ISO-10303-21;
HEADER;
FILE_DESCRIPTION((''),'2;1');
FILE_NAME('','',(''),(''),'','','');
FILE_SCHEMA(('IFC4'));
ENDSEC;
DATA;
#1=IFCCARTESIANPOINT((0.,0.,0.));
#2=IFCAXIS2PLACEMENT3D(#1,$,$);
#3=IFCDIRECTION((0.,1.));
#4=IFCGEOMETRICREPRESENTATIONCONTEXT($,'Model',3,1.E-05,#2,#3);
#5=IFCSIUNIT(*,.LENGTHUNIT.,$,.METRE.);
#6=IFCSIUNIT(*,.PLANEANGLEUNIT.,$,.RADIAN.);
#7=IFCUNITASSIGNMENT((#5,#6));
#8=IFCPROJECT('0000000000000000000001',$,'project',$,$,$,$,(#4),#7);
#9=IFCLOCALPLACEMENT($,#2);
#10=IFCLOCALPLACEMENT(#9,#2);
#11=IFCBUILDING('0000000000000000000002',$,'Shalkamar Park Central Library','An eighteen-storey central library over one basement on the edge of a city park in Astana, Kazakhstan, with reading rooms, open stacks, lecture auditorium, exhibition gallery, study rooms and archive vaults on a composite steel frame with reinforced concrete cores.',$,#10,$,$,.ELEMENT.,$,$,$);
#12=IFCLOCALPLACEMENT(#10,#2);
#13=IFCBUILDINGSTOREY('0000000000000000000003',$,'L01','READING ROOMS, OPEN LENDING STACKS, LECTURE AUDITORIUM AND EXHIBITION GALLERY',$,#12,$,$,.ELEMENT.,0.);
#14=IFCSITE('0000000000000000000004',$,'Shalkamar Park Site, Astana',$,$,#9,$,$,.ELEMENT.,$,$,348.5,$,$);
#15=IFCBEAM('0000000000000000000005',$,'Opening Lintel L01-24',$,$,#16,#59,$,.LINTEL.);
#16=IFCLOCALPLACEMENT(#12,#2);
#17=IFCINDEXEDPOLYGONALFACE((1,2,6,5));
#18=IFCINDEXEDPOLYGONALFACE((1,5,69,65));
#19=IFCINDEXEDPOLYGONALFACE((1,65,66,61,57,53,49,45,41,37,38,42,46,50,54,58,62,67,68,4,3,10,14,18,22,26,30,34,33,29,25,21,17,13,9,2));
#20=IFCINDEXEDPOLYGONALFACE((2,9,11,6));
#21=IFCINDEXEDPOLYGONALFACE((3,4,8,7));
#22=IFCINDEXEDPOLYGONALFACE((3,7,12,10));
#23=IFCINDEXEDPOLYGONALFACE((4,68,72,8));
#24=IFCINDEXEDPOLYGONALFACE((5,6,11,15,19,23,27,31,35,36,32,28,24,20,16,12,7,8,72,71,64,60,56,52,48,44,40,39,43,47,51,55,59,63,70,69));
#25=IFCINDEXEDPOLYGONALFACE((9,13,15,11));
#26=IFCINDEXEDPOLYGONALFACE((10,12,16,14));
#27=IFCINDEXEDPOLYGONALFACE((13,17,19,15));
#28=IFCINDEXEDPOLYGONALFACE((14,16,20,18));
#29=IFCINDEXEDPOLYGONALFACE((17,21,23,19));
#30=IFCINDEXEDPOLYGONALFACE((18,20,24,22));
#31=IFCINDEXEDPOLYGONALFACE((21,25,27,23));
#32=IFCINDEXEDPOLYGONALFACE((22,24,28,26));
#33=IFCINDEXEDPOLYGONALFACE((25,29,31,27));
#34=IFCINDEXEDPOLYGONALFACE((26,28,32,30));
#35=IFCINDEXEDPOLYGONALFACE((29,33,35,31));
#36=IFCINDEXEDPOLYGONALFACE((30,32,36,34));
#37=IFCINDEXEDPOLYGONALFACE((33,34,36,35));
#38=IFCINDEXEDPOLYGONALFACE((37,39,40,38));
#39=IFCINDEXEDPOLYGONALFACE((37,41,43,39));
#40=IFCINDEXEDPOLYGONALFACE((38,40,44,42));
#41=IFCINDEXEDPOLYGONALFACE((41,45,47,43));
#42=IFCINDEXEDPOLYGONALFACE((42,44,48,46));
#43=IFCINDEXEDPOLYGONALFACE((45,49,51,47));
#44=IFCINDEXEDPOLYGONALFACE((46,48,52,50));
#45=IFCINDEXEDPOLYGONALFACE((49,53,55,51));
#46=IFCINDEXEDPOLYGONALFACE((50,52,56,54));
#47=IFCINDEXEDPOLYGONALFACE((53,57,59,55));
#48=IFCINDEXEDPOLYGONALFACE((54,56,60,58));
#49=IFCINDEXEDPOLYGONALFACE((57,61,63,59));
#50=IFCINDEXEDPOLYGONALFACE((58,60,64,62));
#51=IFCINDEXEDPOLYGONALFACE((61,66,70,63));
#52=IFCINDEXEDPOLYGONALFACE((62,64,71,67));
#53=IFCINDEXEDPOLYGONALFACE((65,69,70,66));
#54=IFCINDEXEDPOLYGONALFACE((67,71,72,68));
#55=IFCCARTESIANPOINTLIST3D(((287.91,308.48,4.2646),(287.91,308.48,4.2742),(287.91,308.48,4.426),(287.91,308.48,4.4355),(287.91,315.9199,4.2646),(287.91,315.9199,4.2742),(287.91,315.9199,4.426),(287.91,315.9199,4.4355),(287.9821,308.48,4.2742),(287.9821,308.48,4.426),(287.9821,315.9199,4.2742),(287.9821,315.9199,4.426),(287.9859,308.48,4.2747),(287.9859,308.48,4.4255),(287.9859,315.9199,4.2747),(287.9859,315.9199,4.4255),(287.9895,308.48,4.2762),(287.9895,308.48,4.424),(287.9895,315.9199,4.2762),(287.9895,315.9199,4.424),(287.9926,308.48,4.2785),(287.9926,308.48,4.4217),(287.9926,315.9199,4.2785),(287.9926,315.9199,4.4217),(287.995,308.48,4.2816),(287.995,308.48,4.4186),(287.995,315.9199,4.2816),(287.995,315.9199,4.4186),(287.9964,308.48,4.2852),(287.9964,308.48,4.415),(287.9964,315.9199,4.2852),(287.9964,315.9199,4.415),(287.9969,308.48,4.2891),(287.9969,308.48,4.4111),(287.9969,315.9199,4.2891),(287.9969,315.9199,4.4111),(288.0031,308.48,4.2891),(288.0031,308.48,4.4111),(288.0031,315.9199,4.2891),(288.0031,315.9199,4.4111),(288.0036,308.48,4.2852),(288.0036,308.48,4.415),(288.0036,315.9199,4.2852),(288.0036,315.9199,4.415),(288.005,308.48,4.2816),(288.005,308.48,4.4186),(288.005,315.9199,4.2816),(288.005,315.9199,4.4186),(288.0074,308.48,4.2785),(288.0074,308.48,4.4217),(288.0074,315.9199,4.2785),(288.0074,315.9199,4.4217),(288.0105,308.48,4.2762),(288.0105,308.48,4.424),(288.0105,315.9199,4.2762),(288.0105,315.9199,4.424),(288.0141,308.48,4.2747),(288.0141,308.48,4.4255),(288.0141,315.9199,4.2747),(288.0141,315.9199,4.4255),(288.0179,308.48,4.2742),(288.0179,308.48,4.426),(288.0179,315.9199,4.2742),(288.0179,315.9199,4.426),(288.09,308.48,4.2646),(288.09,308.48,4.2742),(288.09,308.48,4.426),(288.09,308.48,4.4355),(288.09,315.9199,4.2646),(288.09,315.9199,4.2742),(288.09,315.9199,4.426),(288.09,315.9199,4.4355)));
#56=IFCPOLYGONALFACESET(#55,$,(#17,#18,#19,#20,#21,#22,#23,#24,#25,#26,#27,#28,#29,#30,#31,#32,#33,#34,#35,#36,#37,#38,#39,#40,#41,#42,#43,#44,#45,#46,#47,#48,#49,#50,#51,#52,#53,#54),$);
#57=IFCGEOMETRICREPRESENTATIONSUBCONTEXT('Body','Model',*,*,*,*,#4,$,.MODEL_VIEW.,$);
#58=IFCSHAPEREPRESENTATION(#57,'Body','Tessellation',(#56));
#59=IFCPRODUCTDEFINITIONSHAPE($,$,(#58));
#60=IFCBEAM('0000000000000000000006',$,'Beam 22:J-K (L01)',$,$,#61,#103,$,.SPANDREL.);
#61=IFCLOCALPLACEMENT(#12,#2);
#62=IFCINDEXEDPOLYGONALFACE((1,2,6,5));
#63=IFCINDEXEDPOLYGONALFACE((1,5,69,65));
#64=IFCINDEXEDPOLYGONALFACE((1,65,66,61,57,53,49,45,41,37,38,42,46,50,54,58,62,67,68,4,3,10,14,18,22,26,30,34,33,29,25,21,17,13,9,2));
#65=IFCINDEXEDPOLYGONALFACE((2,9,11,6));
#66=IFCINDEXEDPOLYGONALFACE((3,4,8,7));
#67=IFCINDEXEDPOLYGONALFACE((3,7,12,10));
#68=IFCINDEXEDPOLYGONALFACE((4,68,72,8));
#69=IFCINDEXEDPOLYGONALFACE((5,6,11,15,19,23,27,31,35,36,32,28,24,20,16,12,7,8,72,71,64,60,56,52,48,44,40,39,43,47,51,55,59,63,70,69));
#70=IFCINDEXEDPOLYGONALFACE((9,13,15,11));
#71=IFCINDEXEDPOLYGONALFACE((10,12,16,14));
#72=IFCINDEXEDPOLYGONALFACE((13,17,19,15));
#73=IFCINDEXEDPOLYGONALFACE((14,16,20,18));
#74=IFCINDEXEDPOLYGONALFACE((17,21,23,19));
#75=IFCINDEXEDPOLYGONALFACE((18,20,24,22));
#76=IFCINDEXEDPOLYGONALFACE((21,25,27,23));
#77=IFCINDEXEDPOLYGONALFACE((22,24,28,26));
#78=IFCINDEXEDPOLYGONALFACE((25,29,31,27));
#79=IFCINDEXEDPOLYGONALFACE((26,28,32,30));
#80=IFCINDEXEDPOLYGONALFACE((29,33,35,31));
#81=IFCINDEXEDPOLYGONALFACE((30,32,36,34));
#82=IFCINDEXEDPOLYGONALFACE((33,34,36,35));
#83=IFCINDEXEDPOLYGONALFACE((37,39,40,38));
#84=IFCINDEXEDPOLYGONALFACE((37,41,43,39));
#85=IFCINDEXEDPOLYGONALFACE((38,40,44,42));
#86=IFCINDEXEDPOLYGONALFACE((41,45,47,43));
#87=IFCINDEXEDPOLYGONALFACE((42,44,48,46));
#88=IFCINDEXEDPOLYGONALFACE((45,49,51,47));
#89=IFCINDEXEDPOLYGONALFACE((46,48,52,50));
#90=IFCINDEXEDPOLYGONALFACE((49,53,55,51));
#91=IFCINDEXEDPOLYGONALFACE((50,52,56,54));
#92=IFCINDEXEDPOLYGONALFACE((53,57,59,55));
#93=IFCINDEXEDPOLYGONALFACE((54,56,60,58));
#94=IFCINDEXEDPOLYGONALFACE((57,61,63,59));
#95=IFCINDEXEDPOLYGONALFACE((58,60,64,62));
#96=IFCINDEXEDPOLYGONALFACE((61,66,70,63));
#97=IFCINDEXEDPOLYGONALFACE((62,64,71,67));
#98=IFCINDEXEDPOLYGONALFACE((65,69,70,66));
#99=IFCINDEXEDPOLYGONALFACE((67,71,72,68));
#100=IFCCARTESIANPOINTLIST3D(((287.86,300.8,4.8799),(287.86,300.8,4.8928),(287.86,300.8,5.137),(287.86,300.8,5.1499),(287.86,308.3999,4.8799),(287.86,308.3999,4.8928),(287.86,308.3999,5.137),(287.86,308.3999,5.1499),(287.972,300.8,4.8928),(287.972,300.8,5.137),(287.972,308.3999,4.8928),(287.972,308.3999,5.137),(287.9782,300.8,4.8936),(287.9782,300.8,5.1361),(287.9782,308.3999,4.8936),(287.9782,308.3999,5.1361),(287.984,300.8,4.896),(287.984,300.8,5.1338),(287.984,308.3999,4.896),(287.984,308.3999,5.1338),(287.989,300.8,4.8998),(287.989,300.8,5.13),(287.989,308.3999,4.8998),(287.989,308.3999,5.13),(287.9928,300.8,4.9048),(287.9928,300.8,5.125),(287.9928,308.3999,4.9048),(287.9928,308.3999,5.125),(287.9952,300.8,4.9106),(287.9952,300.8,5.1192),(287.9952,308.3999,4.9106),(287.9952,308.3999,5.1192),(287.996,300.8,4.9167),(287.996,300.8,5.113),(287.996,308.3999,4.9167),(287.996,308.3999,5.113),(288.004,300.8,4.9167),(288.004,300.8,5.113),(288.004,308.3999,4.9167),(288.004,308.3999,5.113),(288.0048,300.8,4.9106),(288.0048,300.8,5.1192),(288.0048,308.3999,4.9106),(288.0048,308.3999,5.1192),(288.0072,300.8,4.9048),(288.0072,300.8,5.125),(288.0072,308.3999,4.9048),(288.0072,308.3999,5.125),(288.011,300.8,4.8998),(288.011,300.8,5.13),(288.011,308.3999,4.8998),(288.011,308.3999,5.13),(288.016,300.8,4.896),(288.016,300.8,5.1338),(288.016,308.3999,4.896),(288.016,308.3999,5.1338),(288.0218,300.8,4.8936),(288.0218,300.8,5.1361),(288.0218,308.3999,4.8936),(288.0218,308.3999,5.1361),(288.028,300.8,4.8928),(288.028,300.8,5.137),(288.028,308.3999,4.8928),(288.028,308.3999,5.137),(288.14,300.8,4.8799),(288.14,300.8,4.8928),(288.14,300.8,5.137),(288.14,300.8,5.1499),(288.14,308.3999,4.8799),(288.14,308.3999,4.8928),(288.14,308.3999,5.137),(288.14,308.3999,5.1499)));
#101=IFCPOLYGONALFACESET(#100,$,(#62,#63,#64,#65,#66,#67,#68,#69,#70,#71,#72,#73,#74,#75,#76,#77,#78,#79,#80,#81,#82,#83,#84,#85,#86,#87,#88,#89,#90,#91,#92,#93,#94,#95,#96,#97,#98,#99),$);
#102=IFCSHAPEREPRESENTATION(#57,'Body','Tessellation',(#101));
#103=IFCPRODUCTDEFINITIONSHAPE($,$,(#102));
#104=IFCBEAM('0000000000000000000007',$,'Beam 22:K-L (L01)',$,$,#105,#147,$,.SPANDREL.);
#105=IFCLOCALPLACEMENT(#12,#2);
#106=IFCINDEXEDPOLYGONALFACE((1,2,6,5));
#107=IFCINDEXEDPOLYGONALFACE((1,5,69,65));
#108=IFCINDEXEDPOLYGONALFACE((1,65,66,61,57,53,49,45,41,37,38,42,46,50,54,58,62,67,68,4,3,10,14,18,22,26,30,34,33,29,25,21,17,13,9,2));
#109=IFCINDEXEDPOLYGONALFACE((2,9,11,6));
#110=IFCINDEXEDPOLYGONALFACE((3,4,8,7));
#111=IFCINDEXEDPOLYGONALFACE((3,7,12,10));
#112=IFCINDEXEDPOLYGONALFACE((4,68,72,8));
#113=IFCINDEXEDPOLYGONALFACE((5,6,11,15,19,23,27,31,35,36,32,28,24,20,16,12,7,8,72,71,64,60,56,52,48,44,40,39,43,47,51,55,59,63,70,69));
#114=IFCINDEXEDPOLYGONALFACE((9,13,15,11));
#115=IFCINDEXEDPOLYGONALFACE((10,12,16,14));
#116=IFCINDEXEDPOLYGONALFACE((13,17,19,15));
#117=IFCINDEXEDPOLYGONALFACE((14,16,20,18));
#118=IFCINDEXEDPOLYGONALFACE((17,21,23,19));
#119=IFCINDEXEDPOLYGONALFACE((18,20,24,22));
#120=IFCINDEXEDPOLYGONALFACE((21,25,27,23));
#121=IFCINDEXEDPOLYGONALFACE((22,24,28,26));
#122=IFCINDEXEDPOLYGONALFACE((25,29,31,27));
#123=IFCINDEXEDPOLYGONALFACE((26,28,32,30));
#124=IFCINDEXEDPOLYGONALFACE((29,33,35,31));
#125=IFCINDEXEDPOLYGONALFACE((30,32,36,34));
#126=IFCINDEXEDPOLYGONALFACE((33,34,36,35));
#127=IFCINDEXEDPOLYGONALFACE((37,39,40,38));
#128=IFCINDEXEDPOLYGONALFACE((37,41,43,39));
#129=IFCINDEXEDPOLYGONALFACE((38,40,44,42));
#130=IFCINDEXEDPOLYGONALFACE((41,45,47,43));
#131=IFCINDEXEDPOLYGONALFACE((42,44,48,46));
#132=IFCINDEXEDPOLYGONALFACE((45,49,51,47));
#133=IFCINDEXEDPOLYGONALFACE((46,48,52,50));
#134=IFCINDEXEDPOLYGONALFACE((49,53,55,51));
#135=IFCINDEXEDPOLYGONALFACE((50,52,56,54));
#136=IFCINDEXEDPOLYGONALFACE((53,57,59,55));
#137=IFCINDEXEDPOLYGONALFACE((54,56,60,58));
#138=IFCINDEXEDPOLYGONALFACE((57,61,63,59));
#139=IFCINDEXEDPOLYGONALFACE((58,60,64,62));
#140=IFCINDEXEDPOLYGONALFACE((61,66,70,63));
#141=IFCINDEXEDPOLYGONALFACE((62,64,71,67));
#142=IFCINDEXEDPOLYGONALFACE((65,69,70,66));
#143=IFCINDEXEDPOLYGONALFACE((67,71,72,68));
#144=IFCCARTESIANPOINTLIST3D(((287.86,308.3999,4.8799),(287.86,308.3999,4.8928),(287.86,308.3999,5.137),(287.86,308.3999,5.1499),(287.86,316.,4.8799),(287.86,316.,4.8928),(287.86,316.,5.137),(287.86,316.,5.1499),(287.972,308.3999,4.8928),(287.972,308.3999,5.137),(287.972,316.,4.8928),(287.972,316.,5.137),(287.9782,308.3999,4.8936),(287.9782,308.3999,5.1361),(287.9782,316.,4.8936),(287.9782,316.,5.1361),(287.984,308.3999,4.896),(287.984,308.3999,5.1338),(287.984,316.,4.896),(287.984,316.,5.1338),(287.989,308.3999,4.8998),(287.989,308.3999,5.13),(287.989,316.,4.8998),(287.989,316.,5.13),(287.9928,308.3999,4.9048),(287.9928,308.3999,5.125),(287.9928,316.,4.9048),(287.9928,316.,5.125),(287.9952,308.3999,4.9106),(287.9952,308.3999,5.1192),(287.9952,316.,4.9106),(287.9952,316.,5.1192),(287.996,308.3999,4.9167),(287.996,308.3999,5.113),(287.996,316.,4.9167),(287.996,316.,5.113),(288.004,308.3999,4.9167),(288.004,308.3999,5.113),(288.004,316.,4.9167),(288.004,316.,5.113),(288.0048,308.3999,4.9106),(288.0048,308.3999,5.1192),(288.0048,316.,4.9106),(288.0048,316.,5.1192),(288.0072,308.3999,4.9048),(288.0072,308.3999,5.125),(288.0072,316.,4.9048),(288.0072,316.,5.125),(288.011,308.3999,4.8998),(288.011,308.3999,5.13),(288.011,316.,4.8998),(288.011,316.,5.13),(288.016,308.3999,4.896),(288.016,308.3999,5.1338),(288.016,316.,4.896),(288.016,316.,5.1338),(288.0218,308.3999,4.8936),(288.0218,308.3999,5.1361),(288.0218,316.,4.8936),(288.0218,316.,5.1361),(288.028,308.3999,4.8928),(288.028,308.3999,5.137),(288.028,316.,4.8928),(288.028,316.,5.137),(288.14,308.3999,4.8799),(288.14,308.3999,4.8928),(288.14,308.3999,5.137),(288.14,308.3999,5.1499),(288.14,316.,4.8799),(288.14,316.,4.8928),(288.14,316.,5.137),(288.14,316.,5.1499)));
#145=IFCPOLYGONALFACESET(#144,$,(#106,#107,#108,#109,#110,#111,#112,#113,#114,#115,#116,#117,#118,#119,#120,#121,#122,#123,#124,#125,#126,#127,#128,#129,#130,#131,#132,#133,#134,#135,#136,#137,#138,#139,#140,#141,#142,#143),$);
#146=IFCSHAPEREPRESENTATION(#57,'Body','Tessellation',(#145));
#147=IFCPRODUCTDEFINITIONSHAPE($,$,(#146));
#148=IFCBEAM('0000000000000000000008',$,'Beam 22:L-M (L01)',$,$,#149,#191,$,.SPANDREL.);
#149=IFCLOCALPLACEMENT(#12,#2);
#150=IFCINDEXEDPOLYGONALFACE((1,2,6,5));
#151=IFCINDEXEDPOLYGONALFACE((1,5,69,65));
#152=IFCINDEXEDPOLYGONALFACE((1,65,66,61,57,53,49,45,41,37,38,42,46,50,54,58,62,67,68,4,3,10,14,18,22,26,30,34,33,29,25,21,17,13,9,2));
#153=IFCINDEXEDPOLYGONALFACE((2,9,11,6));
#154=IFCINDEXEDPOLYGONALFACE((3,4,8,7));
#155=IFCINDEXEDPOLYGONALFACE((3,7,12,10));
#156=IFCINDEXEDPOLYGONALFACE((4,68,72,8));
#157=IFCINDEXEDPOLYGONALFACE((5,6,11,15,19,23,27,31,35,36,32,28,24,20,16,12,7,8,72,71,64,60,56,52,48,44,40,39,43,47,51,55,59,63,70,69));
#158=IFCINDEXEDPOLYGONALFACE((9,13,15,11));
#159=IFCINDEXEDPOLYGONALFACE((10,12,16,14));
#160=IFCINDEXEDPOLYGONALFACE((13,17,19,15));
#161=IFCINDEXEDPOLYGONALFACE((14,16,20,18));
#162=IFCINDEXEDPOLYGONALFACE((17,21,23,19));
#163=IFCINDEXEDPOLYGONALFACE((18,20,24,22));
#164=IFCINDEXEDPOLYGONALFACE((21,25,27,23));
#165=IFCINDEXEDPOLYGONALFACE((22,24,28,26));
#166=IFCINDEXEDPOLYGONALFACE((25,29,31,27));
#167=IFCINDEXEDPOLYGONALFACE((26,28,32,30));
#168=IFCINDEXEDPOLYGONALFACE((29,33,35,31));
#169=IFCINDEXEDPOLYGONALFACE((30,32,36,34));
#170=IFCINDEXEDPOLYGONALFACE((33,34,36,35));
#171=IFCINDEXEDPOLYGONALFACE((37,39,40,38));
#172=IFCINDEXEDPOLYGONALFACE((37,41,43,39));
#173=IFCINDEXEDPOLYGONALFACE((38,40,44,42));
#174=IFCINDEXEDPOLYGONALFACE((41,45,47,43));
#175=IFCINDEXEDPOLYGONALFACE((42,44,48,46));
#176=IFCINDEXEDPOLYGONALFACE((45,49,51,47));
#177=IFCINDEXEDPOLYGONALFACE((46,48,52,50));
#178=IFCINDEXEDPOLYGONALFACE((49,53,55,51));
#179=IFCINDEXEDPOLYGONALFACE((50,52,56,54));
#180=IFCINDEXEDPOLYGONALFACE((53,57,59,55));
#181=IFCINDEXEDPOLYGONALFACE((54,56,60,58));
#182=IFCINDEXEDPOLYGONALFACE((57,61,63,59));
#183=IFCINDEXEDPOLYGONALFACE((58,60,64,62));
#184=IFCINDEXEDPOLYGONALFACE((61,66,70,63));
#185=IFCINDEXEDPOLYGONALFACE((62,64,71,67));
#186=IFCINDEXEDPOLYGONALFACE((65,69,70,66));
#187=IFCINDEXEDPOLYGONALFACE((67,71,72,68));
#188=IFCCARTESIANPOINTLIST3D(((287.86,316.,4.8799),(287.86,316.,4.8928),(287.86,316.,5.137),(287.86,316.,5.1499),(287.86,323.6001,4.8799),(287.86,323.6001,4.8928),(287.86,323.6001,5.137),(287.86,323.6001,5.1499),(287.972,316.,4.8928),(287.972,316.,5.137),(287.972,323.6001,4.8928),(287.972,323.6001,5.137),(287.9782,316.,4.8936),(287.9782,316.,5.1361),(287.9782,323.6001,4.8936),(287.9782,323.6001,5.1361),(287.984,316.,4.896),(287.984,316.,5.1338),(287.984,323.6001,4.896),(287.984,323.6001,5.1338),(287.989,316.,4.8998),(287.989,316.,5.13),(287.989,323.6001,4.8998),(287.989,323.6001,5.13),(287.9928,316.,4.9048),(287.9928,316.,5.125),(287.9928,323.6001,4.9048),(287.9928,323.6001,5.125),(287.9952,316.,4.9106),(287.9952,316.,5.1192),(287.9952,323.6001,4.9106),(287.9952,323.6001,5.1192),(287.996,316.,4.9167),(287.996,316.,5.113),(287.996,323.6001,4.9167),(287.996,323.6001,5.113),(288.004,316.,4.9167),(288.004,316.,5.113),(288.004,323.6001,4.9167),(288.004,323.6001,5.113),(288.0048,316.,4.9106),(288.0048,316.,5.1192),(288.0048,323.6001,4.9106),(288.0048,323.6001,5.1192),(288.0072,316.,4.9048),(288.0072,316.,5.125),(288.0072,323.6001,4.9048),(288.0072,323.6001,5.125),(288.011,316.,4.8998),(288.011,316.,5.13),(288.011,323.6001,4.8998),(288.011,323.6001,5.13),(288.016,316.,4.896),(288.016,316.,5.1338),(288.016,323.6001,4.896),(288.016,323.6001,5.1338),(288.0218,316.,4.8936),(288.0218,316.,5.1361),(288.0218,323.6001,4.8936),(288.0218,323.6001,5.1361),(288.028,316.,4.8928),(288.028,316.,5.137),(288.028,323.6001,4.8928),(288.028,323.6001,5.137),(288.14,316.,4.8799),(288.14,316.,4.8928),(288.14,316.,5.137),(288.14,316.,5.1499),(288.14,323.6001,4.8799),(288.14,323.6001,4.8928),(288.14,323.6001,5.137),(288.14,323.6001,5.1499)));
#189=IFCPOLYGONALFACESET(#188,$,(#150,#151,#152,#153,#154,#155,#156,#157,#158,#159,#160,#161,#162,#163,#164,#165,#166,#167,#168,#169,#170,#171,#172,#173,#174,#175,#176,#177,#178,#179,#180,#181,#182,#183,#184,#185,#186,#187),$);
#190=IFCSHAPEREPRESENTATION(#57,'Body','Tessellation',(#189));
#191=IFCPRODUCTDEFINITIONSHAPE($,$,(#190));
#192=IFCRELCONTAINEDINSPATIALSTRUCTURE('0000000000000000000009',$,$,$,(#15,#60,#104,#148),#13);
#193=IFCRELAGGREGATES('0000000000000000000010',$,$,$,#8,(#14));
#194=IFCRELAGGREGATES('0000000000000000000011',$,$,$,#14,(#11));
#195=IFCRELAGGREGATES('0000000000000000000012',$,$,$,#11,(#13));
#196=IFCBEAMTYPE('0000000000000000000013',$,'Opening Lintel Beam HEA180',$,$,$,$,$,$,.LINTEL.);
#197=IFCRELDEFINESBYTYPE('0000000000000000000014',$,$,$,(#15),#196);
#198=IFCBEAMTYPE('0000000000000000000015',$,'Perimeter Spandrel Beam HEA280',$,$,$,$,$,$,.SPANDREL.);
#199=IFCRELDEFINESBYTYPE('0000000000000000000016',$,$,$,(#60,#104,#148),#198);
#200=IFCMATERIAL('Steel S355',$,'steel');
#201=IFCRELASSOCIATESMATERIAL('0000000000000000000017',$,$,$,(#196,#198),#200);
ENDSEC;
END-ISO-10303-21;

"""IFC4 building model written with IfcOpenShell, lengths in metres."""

from ifc_helpers import new_model, si_unit, direction, frame, origin, origin_2d, place, context, subcontext, project, spatial, i_section, extrude, material, material_profile, profile_set, type_object, element, save


model = new_model("IFC4")

# Units and contexts
model_context = context("Model", 3, precision=1e-05, world=origin(), true_north=direction((0.0, 1.0)))
body_context = subcontext(model_context, "Body", "Model", "MODEL_VIEW")
ifc_project = project(units=[si_unit("LENGTHUNIT", "METRE"), si_unit("PLANEANGLEUNIT", "RADIAN")], contexts=[model_context])

# Site, building, storey
site_placement = place(None, origin())
site = spatial("IfcSite", under=ifc_project, at=site_placement, Name="Shalkamar Park Site, Astana", CompositionType="ELEMENT", RefElevation=348.5)
building_placement = place(site_placement, origin())
building = spatial("IfcBuilding", under=site, at=building_placement, Name="Shalkamar Park Central Library", Description="An eighteen-storey central library over one basement on the edge of a city park in Astana, Kazakhstan, with reading rooms, open stacks, lecture auditorium, exhibition gallery, study rooms and archive vaults on a composite steel frame with reinforced concrete cores.", CompositionType="ELEMENT")
storey_placement = place(building_placement, origin())
storey = spatial("IfcBuildingStorey", under=building, at=storey_placement, Name="L01", Description="READING ROOMS, OPEN LENDING STACKS, LECTURE AUDITORIUM AND EXHIBITION GALLERY", CompositionType="ELEMENT", Elevation=0.0)

# Shared definitions
ifc_material_1 = material(Name="Steel S355", Category="steel")

# Beams
ifc_material_profile_1 = material_profile(ifc_material_1, i_section(OverallWidth=0.1799, OverallDepth=0.1709, WebThickness=0.0061, FlangeThickness=0.0095, FilletRadius=0.0149, at=origin_2d()), Name="HEA 180")
ifc_profile_set_1 = profile_set([ifc_material_profile_1], Name="Steel S355")
beam_type_1 = type_object("IfcBeamType", Name="Opening Lintel Beam HEA180", PredefinedType="LINTEL", material=ifc_profile_set_1)
beam_1_placement = place(storey_placement, frame((288.0, 308.48, 4.3501), z_axis=(0.0, 1.0, 0.0), x_axis=(-1.0, 0.0, 0.0)))
element("IfcBeam", 1, at=beam_1_placement, inside=storey, type_object=beam_type_1, Name="Opening Lintel L01-24", PredefinedType="LINTEL", context=body_context, shape_type="SweptSolid", body=[
    extrude(i_section(OverallWidth=0.1799, OverallDepth=0.1709, WebThickness=0.0061, FlangeThickness=0.0095, FilletRadius=0.0149, at=origin_2d()), origin(), (0.0, 0.0, 1.0), 7.4399),
])
ifc_material_profile_2 = material_profile(ifc_material_1, i_section(OverallWidth=0.28, OverallDepth=0.27, WebThickness=0.0081, FlangeThickness=0.0129, FilletRadius=0.0239, at=origin_2d()), Name="HEA 280")
ifc_profile_set_2 = profile_set([ifc_material_profile_2], Name="Steel S355")
beam_type_2 = type_object("IfcBeamType", Name="Perimeter Spandrel Beam HEA280", PredefinedType="SPANDREL", material=ifc_profile_set_2)
beam_2_placement = place(storey_placement, frame((288.0, 300.8, 5.0149), z_axis=(0.0, 1.0, 0.0), x_axis=(-1.0, 0.0, 0.0)))
element("IfcBeam", 2, at=beam_2_placement, inside=storey, type_object=beam_type_2, Name="Beam 22:J-K (L01)", PredefinedType="SPANDREL", context=body_context, shape_type="SweptSolid", body=[
    extrude(i_section(OverallWidth=0.28, OverallDepth=0.27, WebThickness=0.0081, FlangeThickness=0.0129, FilletRadius=0.0239, at=origin_2d()), origin(), (0.0, 0.0, 1.0), 7.5999),
])
for number, where, z_axis, x_axis, name in (
    (3, (288.0, 308.3999, 5.0149), (0.0, 1.0, 0.0), (-1.0, 0.0, 0.0), "Beam 22:K-L (L01)"),
    (4, (288.0, 316.0, 5.0149), (0.0, 1.0, 0.0), (-1.0, 0.0, 0.0), "Beam 22:L-M (L01)"),
):
    element("IfcBeam", number, at=place(storey_placement, frame(where, z_axis=z_axis, x_axis=x_axis)), inside=storey, type_object=beam_type_2, Name=name, PredefinedType="SPANDREL", context=body_context, shape_type="SweptSolid", body=[
        extrude(i_section(OverallWidth=0.28, OverallDepth=0.27, WebThickness=0.0081, FlangeThickness=0.0129, FilletRadius=0.0239, at=origin_2d()), origin(), (0.0, 0.0, 1.0), 7.6001),
    ])

save(model, "model.ifc")
